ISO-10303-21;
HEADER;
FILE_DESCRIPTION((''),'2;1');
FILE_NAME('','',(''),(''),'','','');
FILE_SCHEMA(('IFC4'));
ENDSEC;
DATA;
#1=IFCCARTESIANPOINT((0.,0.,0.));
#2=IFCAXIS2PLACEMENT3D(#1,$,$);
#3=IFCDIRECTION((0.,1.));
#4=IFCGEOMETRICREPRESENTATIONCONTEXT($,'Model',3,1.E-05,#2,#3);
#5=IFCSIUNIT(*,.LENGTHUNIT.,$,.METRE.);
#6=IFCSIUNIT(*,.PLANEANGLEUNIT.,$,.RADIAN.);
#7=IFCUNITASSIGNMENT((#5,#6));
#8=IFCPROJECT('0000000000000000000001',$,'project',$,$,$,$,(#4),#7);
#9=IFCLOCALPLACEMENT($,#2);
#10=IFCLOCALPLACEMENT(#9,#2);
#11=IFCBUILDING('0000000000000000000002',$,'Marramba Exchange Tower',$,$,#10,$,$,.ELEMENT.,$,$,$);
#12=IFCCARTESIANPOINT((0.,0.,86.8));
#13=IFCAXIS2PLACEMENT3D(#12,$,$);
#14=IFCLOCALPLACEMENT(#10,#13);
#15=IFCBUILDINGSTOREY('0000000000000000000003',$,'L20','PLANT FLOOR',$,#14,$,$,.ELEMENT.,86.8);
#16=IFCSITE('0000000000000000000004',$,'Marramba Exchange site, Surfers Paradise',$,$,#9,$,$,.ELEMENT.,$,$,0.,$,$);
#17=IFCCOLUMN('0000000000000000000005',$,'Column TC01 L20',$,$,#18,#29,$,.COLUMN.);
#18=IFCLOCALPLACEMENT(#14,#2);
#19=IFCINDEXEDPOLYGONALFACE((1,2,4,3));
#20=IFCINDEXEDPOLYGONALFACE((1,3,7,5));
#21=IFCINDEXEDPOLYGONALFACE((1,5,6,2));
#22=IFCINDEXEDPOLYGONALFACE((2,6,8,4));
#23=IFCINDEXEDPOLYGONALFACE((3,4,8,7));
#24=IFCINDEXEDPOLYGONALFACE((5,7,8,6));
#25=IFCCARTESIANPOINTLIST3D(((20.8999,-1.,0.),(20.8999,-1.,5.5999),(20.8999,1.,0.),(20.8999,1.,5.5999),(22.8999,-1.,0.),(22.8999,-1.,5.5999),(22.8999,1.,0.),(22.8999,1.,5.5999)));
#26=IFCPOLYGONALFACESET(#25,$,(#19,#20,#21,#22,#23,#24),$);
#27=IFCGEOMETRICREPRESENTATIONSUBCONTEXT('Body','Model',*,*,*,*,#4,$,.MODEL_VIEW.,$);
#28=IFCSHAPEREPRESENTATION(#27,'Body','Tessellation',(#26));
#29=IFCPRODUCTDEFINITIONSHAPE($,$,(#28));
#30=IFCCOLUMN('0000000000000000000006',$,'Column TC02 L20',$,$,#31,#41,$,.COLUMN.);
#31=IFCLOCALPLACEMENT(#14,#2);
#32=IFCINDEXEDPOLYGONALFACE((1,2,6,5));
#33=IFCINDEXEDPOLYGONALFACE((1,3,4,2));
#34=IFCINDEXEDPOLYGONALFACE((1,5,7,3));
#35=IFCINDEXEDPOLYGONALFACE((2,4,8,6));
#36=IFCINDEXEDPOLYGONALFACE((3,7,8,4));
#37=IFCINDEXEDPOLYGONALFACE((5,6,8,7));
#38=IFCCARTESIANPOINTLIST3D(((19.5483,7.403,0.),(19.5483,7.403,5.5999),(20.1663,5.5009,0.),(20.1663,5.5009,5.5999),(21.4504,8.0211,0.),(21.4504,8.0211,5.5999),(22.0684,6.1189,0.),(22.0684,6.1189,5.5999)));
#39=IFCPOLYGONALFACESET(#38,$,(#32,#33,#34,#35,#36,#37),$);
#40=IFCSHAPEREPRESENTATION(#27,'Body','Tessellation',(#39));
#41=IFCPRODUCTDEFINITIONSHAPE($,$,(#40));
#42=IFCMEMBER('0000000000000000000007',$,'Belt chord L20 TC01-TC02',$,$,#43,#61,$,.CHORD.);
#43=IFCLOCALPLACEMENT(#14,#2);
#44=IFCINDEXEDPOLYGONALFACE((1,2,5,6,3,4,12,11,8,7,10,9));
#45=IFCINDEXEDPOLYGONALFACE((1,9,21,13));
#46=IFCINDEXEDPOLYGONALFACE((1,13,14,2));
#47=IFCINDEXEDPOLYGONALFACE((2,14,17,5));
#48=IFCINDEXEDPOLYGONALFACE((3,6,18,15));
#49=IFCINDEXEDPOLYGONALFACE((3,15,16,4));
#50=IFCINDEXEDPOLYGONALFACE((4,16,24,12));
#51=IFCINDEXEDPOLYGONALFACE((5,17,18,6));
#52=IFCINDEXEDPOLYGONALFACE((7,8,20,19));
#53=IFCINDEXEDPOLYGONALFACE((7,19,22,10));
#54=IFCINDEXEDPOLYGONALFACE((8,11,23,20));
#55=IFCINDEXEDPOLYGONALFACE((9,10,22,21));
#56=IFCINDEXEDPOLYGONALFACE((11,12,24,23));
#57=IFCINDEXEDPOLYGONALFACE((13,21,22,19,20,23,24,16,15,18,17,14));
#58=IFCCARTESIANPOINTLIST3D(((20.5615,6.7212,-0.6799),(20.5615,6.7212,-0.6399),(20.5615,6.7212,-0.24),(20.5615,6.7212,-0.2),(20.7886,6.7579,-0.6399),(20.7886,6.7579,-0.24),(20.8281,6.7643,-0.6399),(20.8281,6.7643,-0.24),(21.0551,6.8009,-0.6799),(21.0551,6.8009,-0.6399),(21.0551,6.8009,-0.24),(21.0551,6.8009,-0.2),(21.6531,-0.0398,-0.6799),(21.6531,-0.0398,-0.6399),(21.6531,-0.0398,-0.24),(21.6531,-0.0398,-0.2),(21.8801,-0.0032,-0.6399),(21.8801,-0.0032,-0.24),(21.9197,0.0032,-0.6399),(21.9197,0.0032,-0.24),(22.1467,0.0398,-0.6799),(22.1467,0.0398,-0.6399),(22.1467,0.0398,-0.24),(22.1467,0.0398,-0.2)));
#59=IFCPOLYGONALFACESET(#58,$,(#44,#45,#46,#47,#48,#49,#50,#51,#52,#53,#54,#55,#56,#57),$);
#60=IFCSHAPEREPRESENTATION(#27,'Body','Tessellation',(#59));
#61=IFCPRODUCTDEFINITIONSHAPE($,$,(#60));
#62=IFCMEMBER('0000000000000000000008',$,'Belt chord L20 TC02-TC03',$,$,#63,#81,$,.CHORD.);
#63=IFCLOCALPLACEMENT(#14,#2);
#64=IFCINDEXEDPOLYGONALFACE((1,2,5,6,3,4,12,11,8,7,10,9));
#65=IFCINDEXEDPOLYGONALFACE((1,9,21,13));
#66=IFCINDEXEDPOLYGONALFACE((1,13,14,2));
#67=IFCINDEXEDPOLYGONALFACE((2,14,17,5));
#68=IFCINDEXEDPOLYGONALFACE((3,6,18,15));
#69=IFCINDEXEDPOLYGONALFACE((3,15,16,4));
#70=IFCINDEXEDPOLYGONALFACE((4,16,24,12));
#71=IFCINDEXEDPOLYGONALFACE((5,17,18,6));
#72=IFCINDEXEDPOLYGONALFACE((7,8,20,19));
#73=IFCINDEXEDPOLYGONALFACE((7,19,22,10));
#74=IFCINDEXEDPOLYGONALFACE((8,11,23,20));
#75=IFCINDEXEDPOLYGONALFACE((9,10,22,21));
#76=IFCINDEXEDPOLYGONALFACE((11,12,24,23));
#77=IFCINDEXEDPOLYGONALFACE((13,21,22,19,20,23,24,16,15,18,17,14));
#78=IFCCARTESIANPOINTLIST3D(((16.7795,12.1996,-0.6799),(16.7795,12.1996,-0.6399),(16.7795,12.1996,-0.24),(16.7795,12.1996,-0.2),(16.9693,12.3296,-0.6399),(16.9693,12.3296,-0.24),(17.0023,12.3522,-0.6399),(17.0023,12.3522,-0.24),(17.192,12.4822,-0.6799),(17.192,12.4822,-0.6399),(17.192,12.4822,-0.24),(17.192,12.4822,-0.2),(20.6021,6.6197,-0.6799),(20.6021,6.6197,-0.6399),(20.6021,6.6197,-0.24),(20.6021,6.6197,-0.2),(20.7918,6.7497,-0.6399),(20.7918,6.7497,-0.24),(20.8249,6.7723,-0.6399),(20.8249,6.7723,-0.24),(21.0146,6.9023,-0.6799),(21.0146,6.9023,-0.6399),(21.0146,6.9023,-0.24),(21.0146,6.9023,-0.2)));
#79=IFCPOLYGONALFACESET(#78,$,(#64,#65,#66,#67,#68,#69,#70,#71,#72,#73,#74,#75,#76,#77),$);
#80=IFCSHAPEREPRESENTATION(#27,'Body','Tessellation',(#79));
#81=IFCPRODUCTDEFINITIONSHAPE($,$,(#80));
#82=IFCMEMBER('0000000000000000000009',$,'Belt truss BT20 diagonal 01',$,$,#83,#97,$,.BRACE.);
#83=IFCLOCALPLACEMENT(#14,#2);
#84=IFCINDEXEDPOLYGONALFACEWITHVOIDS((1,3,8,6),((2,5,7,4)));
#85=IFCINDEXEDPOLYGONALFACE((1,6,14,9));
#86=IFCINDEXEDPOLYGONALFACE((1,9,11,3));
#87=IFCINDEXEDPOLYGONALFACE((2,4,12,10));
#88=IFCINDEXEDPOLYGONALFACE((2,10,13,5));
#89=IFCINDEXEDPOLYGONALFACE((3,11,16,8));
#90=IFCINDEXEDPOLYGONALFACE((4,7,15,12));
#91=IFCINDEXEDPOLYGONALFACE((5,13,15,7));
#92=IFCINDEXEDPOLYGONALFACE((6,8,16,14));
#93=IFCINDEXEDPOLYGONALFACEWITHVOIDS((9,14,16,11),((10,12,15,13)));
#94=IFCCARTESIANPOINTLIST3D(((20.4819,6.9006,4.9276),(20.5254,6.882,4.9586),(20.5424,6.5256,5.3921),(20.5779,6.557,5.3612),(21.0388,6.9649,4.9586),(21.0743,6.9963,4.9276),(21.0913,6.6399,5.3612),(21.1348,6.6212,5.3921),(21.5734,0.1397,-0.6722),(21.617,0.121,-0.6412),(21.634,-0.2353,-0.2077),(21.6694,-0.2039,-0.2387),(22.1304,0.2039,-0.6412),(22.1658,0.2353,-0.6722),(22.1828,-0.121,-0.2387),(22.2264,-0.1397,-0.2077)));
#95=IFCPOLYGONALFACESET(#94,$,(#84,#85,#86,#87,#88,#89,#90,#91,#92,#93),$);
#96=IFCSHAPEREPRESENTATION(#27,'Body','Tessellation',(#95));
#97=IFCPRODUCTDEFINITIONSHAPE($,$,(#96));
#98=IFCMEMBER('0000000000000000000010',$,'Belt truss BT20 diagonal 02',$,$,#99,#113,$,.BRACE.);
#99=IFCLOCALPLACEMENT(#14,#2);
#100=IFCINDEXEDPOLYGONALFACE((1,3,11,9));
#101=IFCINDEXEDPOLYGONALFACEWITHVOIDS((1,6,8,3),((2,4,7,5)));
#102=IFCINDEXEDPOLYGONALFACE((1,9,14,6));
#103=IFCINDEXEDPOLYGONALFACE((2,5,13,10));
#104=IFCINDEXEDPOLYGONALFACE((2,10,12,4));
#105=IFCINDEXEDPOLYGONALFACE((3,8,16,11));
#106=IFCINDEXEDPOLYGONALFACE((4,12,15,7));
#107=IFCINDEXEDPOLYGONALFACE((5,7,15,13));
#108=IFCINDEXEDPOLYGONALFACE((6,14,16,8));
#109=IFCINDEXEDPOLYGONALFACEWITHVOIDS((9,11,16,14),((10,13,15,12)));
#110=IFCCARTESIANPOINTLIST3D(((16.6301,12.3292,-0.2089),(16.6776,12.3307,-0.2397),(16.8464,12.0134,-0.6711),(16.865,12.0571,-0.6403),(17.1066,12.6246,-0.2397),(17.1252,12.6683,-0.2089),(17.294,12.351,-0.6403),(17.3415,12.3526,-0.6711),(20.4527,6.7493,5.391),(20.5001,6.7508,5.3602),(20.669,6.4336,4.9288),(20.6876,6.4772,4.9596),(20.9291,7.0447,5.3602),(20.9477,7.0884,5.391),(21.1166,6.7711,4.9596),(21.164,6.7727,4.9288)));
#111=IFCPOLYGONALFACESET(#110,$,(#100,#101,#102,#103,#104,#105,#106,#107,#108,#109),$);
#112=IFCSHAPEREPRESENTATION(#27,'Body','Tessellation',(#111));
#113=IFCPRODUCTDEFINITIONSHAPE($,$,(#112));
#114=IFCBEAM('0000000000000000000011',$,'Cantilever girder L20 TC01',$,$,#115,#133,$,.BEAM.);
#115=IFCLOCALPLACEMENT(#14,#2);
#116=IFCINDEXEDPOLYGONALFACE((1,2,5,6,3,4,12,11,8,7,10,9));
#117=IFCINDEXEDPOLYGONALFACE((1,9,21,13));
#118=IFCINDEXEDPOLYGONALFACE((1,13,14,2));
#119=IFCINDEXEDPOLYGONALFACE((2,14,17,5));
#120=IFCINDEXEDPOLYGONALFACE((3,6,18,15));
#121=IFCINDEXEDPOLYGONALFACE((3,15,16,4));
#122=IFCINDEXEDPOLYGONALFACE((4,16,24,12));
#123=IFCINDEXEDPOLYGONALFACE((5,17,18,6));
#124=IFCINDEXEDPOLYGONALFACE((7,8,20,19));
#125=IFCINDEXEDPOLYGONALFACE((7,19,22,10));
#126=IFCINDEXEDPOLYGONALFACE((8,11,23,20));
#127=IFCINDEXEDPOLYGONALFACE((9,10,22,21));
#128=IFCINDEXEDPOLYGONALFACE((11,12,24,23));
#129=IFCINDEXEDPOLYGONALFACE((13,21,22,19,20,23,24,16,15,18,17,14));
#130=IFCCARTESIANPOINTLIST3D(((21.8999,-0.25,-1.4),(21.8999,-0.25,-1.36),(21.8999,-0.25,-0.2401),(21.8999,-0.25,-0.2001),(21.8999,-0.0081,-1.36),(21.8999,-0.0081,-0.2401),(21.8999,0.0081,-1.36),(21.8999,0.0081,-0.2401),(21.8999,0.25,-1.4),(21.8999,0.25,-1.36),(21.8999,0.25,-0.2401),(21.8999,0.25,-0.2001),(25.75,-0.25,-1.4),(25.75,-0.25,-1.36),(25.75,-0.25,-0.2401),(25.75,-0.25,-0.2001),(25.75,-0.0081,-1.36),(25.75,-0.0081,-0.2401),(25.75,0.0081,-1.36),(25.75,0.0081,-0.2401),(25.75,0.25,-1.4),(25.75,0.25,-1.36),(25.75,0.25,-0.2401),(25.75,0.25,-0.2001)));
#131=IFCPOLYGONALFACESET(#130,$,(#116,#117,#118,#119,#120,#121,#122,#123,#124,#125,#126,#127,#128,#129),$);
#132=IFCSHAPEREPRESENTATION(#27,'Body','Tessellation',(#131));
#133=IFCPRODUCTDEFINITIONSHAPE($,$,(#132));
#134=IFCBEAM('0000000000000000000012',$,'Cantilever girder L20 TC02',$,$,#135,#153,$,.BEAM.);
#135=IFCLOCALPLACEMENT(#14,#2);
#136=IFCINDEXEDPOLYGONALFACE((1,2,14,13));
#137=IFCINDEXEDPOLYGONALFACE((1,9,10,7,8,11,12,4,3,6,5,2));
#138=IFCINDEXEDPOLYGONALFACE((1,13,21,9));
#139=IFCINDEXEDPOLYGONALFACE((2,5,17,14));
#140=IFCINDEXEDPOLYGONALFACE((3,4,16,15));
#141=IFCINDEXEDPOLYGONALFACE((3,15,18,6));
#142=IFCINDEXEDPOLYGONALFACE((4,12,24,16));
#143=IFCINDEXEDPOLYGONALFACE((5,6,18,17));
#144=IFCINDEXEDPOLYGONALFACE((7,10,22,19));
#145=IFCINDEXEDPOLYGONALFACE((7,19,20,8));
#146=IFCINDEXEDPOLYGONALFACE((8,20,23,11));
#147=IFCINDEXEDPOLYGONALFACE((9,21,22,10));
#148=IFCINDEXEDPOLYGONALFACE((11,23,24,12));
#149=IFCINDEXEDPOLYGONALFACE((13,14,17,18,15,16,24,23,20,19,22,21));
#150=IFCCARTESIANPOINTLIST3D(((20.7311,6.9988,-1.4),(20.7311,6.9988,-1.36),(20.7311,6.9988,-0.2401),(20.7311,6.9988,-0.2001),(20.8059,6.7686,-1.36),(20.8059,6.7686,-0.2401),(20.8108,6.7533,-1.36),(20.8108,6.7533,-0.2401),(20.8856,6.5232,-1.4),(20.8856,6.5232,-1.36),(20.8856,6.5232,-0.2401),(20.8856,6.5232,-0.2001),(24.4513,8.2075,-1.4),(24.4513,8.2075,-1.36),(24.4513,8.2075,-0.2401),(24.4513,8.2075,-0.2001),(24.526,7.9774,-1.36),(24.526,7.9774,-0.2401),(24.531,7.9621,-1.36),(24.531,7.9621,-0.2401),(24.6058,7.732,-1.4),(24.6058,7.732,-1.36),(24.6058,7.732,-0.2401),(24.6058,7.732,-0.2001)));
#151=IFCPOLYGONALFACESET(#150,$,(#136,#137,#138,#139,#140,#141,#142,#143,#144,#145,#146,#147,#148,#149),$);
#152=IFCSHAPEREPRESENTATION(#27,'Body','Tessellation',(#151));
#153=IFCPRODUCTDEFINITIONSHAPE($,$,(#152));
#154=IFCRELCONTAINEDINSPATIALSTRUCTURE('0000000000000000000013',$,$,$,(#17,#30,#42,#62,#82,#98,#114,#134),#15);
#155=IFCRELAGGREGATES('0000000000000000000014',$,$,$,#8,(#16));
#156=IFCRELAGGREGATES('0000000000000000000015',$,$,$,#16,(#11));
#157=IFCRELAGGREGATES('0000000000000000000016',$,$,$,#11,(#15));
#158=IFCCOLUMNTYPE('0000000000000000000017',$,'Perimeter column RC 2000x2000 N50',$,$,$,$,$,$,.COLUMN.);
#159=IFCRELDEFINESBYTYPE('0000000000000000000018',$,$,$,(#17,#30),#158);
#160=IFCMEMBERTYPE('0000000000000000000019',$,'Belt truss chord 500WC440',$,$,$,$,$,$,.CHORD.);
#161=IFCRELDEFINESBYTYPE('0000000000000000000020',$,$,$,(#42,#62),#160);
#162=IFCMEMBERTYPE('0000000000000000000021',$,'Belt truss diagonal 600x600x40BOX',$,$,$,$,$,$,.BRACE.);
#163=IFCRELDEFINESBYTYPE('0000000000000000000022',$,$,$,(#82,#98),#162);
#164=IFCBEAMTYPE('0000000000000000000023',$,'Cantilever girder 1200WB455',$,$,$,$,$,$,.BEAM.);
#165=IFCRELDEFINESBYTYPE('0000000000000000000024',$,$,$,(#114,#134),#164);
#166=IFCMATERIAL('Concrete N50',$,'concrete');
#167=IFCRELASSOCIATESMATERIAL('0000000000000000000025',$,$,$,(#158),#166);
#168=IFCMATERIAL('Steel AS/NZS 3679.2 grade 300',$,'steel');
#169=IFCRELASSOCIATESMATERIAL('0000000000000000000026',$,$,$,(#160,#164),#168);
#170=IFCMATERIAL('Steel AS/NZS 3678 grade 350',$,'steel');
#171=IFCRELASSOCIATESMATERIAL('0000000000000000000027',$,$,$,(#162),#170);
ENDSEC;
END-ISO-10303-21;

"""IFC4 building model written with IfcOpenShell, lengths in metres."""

from ifc_helpers import new_model, si_unit, direction, frame, origin, origin_2d, place, context, subcontext, project, spatial, rectangle, hollow_rectangle, i_section, extrude, material, material_profile, profile_set, type_object, element, save


model = new_model("IFC4")

# Units and contexts
model_context = context("Model", 3, precision=1e-05, world=origin(), true_north=direction((0.0, 1.0)))
body_context = subcontext(model_context, "Body", "Model", "MODEL_VIEW")
ifc_project = project(units=[si_unit("LENGTHUNIT", "METRE"), si_unit("PLANEANGLEUNIT", "RADIAN")], contexts=[model_context])

# Site, building, storey
site_placement = place(None, origin())
site = spatial("IfcSite", under=ifc_project, at=site_placement, Name="Marramba Exchange site, Surfers Paradise", CompositionType="ELEMENT", RefElevation=0.0)
building_placement = place(site_placement, origin())
building = spatial("IfcBuilding", under=site, at=building_placement, Name="Marramba Exchange Tower", CompositionType="ELEMENT")
storey_placement = place(building_placement, frame((0.0, 0.0, 86.8)))
storey = spatial("IfcBuildingStorey", under=building, at=storey_placement, Name="L20", Description="PLANT FLOOR", CompositionType="ELEMENT", Elevation=86.8)

# Columns
ifc_material_1 = material(Name="Concrete N50", Category="concrete")
ifc_material_profile_1 = material_profile(ifc_material_1, rectangle(XDim=2.0, YDim=2.0, at=origin_2d()), Name="RC 2000x2000")
ifc_profile_set_1 = profile_set([ifc_material_profile_1], Name="Concrete N50")
column_type = type_object("IfcColumnType", Name="Perimeter column RC 2000x2000 N50", PredefinedType="COLUMN", material=ifc_profile_set_1)
for number, where, z_axis, x_axis, name in (
    (1, (21.8999, 0.0, 0.0), (0.0, 0.0, 1.0), (1.0, 0.0, 0.0), "Column TC01 L20"),
    (2, (20.8083, 6.761, 0.0), (0.0, 0.0, 1.0), (0.951057, 0.309017, 0.0), "Column TC02 L20"),
):
    element("IfcColumn", number, at=place(storey_placement, frame(where, z_axis=z_axis, x_axis=x_axis)), inside=storey, type_object=column_type, Name=name, PredefinedType="COLUMN", context=body_context, shape_type="SweptSolid", body=[
        extrude(rectangle(XDim=2.0, YDim=2.0, at=origin_2d()), origin(), (0.0, 0.0, 1.0), 5.5999),
    ])

# Members
ifc_material_2 = material(Name="Steel AS/NZS 3679.2 grade 300", Category="steel")
ifc_material_profile_2 = material_profile(ifc_material_2, i_section(OverallWidth=0.5, OverallDepth=0.48, WebThickness=0.04, FlangeThickness=0.04, at=origin_2d()), Name="500WC440")
ifc_profile_set_2 = profile_set([ifc_material_profile_2], Name="Steel AS/NZS 3679.2 grade 300")
member_type_1 = type_object("IfcMemberType", Name="Belt truss chord 500WC440", PredefinedType="CHORD", material=ifc_profile_set_2)
member_1_placement = place(storey_placement, frame((21.8999, 0.0, -0.4399), z_axis=(-0.159385, 0.987217, 0.0), x_axis=(-0.987217, -0.159385, 0.0)))
element("IfcMember", 3, at=member_1_placement, inside=storey, type_object=member_type_1, Name="Belt chord L20 TC01-TC02", PredefinedType="CHORD", context=body_context, shape_type="SweptSolid", body=[
    extrude(i_section(OverallWidth=0.5, OverallDepth=0.48, WebThickness=0.04, FlangeThickness=0.04, at=origin_2d()), origin(), (0.0, 0.0, 1.0), 6.8486),
])
member_2_placement = place(storey_placement, frame((20.8083, 6.761, -0.4399), z_axis=(-0.56516, 0.824981, 0.0), x_axis=(-0.824981, -0.56516, 0.0)))
element("IfcMember", 4, at=member_2_placement, inside=storey, type_object=member_type_1, Name="Belt chord L20 TC02-TC03", PredefinedType="CHORD", context=body_context, shape_type="SweptSolid", body=[
    extrude(i_section(OverallWidth=0.5, OverallDepth=0.48, WebThickness=0.04, FlangeThickness=0.04, at=origin_2d()), origin(), (0.0, 0.0, 1.0), 6.7637),
])
ifc_material_3 = material(Name="Steel AS/NZS 3678 grade 350", Category="steel")
ifc_material_profile_3 = material_profile(ifc_material_3, hollow_rectangle(XDim=0.6001, YDim=0.6001, WallThickness=0.04, at=origin_2d()), Name="600x600x40BOX")
ifc_profile_set_3 = profile_set([ifc_material_profile_3], Name="Steel AS/NZS 3678 grade 350")
member_type_2 = type_object("IfcMemberType", Name="Belt truss diagonal 600x600x40BOX", PredefinedType="BRACE", material=ifc_profile_set_3)
member_3_placement = place(storey_placement, frame((21.8999, 0.0, -0.4399), z_axis=(-0.123388, 0.764254, 0.633001), x_axis=(-0.987217, -0.159385, 0.0)))
element("IfcMember", 5, at=member_3_placement, inside=storey, type_object=member_type_2, Name="Belt truss BT20 diagonal 01", PredefinedType="BRACE", context=body_context, shape_type="SweptSolid", body=[
    extrude(hollow_rectangle(XDim=0.6001, YDim=0.6001, WallThickness=0.04, at=origin_2d()), origin(), (0.0, 0.0, 1.0), 8.8464),
])
member_4_placement = place(storey_placement, frame((20.8083, 6.761, 5.1599), z_axis=(-0.43532, 0.63545, -0.63773), x_axis=(-0.824981, -0.56516, 0.0)))
element("IfcMember", 6, at=member_4_placement, inside=storey, type_object=member_type_2, Name="Belt truss BT20 diagonal 02", PredefinedType="BRACE", context=body_context, shape_type="SweptSolid", body=[
    extrude(hollow_rectangle(XDim=0.6001, YDim=0.6001, WallThickness=0.04, at=origin_2d()), origin(), (0.0, 0.0, 1.0), 8.781),
])

# Beams
ifc_material_profile_4 = material_profile(ifc_material_2, i_section(OverallWidth=0.5, OverallDepth=1.2, WebThickness=0.0161, FlangeThickness=0.04, at=origin_2d()), Name="1200WB455")
ifc_profile_set_4 = profile_set([ifc_material_profile_4], Name="Steel AS/NZS 3679.2 grade 300")
beam_type_1 = type_object("IfcBeamType", Name="Cantilever girder 1200WB455", PredefinedType="BEAM", material=ifc_profile_set_4)
beam_1_placement = place(storey_placement, frame((21.8999, 0.0, -0.8), z_axis=(1.0, 0.0, 0.0), x_axis=(0.0, 1.0, 0.0)))
element("IfcBeam", 7, at=beam_1_placement, inside=storey, type_object=beam_type_1, Name="Cantilever girder L20 TC01", PredefinedType="BEAM", context=body_context, shape_type="SweptSolid", body=[
    extrude(i_section(OverallWidth=0.5, OverallDepth=1.2, WebThickness=0.0161, FlangeThickness=0.04, at=origin_2d()), origin(), (0.0, 0.0, 1.0), 3.8501),
])
beam_2_placement = place(storey_placement, frame((20.8083, 6.761, -0.8), z_axis=(0.951059, 0.30901, 0.0), x_axis=(-0.30901, 0.951059, 0.0)))
element("IfcBeam", 8, at=beam_2_placement, inside=storey, type_object=beam_type_1, Name="Cantilever girder L20 TC02", PredefinedType="BEAM", context=body_context, shape_type="SweptSolid", body=[
    extrude(i_section(OverallWidth=0.5, OverallDepth=1.2, WebThickness=0.0161, FlangeThickness=0.04, at=origin_2d()), origin(), (0.0, 0.0, 1.0), 3.9116),
])

save(model, "model.ifc")
